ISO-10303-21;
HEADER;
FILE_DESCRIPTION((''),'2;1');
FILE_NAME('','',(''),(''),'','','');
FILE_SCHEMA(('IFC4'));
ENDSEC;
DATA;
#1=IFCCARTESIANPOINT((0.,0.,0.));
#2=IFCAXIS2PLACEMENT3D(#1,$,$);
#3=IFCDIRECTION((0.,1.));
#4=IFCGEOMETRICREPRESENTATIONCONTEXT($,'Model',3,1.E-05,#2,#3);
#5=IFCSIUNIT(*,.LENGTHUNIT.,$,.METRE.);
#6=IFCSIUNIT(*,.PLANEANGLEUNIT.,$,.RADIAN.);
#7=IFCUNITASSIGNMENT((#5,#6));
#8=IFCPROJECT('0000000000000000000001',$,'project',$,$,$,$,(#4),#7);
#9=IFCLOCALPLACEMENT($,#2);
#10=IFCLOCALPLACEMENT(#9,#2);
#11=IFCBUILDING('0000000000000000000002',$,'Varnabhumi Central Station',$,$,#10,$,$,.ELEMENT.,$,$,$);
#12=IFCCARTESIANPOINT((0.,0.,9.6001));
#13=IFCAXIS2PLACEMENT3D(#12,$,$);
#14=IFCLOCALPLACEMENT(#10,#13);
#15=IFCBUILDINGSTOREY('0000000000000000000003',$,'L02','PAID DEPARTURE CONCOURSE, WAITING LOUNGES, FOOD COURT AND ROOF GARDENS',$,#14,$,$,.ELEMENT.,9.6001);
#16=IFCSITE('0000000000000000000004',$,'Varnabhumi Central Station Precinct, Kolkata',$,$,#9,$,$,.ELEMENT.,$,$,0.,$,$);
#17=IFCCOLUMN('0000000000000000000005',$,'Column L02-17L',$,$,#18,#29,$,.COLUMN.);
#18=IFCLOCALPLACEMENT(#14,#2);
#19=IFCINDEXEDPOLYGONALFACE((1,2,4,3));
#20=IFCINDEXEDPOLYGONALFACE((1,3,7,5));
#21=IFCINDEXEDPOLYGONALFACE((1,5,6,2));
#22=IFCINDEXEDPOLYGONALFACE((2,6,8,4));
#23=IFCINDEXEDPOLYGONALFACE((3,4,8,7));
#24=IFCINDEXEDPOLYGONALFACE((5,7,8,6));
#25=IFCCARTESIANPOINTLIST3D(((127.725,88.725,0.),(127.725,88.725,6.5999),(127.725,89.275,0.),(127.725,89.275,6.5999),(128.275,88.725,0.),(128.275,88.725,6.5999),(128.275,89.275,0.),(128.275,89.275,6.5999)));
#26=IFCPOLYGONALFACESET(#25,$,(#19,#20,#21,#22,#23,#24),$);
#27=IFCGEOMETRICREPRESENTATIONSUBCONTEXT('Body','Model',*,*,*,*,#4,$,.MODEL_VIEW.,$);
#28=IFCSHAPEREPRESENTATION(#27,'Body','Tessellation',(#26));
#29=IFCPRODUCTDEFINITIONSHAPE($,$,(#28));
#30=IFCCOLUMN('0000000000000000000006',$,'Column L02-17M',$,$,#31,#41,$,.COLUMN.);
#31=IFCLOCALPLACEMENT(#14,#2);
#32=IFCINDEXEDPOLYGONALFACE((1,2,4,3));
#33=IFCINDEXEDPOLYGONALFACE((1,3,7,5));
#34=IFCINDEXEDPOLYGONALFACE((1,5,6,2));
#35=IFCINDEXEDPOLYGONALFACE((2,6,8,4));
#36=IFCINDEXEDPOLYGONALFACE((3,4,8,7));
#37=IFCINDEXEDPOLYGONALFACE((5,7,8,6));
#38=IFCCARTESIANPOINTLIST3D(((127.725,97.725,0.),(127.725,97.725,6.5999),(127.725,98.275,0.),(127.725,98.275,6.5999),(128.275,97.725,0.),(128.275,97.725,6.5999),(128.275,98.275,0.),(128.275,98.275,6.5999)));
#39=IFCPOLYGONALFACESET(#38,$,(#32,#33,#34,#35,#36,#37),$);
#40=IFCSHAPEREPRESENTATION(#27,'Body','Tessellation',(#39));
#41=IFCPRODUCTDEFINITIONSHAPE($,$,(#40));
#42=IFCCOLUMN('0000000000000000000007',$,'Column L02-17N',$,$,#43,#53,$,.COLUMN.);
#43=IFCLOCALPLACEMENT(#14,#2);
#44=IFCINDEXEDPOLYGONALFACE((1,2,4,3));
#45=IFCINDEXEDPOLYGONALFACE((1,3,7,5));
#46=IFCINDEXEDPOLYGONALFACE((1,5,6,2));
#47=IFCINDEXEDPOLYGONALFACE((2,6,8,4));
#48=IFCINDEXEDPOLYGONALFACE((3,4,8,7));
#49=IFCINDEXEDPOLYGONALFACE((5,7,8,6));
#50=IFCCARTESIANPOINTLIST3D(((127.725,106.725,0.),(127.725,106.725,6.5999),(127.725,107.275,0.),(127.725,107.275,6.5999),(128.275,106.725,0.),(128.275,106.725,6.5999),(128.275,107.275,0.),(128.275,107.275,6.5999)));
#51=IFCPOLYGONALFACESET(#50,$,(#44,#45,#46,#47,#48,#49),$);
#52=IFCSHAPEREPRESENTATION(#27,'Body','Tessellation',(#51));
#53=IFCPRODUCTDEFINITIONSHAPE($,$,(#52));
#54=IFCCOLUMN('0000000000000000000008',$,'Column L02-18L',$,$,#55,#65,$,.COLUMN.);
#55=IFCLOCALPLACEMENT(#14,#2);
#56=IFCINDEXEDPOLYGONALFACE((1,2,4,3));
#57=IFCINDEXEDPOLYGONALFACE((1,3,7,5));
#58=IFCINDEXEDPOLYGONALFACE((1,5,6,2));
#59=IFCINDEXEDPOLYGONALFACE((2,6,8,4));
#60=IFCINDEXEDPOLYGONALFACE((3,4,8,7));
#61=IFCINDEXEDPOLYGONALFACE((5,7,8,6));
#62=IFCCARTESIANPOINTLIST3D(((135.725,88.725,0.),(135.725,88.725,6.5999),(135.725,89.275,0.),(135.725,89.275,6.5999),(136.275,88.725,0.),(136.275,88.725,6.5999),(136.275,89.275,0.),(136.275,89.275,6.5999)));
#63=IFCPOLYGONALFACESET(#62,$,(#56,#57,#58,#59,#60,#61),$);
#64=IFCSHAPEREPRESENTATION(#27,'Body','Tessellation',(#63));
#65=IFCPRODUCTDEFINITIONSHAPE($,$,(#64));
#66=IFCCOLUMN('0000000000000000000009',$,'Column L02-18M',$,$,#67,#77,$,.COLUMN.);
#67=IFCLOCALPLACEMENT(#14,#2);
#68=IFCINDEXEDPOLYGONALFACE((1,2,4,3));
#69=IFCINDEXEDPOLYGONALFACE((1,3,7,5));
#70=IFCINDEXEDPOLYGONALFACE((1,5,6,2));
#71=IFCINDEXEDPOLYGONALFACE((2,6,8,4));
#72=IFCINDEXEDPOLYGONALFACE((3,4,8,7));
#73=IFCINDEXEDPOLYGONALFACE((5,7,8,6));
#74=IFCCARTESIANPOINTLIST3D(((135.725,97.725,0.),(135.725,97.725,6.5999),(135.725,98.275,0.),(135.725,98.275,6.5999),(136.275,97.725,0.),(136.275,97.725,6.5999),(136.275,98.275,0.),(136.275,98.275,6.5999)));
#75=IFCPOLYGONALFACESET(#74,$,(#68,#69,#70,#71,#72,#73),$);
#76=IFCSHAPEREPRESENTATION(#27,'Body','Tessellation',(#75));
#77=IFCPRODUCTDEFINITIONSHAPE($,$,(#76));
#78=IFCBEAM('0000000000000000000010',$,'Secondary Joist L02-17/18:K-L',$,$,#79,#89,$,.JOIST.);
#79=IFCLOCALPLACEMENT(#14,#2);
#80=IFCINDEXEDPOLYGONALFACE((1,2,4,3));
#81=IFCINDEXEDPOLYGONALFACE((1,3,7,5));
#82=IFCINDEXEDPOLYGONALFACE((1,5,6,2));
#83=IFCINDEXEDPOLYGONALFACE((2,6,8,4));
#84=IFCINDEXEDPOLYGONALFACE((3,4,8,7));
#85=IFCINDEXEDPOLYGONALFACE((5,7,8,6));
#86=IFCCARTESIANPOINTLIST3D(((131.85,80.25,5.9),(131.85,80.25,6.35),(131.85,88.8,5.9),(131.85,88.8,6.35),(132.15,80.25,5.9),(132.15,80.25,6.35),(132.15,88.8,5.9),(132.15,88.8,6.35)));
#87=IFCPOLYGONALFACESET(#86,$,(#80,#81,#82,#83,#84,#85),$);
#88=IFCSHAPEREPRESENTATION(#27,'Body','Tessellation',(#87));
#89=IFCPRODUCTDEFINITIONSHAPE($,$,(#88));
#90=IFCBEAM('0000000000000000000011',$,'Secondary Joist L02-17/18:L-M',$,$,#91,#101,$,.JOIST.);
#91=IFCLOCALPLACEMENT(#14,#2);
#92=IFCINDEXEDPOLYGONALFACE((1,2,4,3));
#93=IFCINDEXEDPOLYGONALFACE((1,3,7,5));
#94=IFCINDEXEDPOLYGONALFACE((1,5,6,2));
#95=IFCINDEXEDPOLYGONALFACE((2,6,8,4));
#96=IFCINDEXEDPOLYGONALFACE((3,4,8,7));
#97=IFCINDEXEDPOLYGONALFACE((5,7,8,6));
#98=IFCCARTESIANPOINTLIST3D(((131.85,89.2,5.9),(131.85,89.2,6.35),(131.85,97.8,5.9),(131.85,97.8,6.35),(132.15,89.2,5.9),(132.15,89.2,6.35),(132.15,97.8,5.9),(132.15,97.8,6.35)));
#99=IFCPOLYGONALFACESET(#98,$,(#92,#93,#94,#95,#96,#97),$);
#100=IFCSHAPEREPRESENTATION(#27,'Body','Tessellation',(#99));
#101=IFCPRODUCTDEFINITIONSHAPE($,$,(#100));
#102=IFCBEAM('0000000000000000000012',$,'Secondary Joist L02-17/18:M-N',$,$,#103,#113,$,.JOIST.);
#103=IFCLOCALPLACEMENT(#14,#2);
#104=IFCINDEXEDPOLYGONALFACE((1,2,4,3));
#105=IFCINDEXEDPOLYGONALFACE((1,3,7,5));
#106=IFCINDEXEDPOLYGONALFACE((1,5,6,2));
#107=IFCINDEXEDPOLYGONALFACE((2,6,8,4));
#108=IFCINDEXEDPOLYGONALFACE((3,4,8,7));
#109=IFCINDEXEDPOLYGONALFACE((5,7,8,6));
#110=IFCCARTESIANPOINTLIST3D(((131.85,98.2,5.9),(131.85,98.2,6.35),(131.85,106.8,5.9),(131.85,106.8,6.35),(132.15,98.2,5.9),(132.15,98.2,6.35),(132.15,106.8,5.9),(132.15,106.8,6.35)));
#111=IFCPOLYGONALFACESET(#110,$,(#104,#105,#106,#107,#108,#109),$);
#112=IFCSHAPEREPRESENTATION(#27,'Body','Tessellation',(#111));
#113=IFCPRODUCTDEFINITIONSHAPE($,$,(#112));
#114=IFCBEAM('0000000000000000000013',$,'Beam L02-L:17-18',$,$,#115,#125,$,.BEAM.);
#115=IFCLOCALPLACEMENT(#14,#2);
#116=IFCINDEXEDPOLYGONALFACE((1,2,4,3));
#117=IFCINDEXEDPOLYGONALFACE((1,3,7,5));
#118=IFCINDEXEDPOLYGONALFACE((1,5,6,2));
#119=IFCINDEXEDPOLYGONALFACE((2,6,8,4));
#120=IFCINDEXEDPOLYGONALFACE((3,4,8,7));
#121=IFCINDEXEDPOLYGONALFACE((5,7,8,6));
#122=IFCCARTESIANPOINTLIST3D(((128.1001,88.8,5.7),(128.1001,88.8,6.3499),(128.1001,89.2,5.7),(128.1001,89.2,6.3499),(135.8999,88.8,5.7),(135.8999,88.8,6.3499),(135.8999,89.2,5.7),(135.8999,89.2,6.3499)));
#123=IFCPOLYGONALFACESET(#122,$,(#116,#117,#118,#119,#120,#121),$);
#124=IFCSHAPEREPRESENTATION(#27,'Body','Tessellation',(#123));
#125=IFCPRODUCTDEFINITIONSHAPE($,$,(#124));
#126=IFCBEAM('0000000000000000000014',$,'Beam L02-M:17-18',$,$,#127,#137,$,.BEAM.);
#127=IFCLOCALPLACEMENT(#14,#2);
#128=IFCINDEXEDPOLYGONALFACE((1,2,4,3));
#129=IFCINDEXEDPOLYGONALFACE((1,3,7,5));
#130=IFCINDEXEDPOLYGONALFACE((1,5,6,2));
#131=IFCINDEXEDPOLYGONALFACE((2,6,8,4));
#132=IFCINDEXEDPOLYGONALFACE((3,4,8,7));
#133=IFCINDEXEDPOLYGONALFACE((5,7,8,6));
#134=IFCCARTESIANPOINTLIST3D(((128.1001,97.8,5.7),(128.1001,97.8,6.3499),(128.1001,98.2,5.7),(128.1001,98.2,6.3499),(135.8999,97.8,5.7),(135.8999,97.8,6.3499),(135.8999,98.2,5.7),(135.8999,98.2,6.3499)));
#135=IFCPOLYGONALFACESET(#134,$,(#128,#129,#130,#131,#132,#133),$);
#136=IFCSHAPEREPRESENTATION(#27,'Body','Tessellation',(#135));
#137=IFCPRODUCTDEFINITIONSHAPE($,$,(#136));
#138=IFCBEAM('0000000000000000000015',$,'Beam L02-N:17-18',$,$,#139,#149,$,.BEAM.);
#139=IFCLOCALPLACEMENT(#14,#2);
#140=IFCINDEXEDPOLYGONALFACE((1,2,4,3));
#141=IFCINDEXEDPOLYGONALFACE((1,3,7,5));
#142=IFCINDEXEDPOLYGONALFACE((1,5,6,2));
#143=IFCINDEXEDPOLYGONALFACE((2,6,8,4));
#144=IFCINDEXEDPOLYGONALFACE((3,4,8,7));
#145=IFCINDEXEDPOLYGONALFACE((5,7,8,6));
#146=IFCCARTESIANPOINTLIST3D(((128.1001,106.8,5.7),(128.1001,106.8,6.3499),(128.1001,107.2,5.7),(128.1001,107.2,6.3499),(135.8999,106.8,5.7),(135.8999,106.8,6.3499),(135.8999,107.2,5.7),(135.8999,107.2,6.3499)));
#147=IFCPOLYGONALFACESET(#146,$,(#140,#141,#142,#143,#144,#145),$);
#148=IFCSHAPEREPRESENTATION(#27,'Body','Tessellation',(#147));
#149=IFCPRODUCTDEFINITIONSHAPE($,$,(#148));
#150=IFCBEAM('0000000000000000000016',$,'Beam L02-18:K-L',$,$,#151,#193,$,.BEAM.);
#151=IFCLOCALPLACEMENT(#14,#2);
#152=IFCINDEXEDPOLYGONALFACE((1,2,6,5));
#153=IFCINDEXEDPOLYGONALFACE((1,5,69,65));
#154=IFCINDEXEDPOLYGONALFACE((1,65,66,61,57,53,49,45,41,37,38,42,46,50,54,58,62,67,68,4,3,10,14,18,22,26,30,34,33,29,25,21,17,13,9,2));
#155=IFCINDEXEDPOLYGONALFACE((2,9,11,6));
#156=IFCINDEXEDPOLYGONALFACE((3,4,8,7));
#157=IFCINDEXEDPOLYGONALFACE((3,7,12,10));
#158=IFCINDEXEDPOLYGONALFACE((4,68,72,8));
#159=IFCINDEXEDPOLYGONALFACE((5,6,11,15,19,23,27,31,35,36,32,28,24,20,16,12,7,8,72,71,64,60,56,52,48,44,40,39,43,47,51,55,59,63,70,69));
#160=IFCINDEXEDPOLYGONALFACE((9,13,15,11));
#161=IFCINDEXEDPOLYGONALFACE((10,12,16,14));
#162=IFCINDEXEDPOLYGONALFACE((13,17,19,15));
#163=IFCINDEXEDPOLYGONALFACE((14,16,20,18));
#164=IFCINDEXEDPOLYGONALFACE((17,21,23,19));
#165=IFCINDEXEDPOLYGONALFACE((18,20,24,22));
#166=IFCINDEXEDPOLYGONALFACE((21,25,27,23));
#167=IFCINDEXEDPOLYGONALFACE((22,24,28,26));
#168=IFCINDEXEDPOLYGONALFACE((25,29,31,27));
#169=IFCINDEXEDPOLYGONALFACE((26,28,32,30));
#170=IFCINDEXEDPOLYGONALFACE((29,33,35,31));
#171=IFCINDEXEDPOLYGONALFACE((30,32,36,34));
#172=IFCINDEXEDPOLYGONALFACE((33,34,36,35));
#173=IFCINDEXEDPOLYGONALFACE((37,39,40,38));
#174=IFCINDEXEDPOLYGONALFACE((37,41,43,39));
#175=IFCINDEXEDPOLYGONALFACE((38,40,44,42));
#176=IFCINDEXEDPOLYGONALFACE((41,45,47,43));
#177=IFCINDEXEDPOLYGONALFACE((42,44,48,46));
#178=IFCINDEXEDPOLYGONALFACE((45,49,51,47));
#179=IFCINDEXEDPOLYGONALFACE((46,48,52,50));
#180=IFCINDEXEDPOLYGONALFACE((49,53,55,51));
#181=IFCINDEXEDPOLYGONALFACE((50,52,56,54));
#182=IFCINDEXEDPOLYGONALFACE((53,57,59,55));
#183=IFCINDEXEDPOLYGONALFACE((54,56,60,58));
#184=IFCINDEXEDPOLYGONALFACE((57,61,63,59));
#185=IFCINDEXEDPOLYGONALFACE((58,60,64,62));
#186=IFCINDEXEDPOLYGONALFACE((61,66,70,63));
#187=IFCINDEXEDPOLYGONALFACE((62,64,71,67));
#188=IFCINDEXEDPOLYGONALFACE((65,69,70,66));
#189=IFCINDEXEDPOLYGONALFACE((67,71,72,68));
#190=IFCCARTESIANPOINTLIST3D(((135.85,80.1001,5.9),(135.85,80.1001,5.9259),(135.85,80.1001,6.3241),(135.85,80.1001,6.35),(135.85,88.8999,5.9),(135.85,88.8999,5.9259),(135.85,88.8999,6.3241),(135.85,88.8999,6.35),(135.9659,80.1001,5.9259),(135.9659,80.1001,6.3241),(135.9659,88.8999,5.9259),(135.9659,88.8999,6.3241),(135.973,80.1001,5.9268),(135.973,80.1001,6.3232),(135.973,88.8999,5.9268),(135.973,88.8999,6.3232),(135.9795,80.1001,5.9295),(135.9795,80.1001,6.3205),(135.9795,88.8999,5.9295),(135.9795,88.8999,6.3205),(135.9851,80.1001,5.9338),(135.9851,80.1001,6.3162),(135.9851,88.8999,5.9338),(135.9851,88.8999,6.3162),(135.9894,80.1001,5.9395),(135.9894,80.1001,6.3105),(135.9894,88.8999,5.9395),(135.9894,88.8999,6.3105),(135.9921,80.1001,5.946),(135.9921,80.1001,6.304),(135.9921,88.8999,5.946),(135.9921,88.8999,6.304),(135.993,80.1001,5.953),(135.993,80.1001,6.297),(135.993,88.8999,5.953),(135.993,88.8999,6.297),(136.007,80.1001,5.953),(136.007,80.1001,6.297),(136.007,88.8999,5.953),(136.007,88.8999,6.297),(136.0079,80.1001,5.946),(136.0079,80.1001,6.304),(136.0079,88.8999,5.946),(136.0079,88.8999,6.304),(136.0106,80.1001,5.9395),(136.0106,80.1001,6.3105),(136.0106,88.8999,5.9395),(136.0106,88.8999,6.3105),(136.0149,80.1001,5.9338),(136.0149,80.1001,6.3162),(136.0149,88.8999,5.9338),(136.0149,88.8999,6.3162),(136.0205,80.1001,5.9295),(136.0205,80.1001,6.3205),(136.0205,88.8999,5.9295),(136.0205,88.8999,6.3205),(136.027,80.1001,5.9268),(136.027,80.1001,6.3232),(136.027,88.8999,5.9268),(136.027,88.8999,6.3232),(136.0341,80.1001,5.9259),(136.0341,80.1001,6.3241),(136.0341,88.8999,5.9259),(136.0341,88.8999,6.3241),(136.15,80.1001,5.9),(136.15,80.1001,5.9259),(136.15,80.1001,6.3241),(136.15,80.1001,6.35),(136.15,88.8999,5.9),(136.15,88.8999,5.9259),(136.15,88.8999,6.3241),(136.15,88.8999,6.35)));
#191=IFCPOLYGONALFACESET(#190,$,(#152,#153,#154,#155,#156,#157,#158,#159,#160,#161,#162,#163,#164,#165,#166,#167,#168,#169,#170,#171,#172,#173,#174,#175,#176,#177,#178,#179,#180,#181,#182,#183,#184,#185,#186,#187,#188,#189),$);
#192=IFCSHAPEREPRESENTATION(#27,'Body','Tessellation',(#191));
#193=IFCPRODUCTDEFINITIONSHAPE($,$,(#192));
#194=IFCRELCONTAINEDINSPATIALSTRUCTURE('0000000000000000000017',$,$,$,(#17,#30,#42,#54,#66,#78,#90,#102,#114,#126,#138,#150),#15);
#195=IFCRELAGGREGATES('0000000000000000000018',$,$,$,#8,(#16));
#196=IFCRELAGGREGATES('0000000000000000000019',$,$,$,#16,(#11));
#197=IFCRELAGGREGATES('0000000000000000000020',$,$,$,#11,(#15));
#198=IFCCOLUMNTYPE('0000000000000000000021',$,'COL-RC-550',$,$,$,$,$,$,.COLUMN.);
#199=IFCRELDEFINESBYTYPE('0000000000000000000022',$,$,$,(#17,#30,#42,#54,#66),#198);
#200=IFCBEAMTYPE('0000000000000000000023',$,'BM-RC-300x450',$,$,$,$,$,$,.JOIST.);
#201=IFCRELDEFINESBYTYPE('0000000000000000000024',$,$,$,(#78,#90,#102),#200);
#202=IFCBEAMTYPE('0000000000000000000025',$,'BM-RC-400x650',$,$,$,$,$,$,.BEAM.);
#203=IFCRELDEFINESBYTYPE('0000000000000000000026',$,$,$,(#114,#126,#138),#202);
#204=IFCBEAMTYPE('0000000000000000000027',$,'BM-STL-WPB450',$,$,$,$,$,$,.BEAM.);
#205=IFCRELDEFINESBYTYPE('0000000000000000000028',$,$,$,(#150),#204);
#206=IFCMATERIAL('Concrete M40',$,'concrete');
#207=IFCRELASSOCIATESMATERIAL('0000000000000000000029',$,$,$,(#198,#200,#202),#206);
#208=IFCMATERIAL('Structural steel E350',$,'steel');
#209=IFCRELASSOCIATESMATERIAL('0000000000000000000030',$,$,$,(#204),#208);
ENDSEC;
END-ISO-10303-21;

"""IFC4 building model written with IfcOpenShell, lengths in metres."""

from ifc_helpers import new_model, si_unit, direction, frame, origin, origin_2d, place, context, subcontext, project, spatial, rectangle, i_section, extrude, material, material_profile, profile_set, type_object, element, save


model = new_model("IFC4")

# Units and contexts
model_context = context("Model", 3, precision=1e-05, world=origin(), true_north=direction((0.0, 1.0)))
body_context = subcontext(model_context, "Body", "Model", "MODEL_VIEW")
ifc_project = project(units=[si_unit("LENGTHUNIT", "METRE"), si_unit("PLANEANGLEUNIT", "RADIAN")], contexts=[model_context])

# Site, building, storey
site_placement = place(None, origin())
site = spatial("IfcSite", under=ifc_project, at=site_placement, Name="Varnabhumi Central Station Precinct, Kolkata", CompositionType="ELEMENT", RefElevation=0.0)
building_placement = place(site_placement, origin())
building = spatial("IfcBuilding", under=site, at=building_placement, Name="Varnabhumi Central Station", CompositionType="ELEMENT")
storey_placement = place(building_placement, frame((0.0, 0.0, 9.6001)))
storey = spatial("IfcBuildingStorey", under=building, at=storey_placement, Name="L02", Description="PAID DEPARTURE CONCOURSE, WAITING LOUNGES, FOOD COURT AND ROOF GARDENS", CompositionType="ELEMENT", Elevation=9.6001)

# Columns
ifc_material_1 = material(Name="Concrete M40", Category="concrete")
ifc_material_profile_1 = material_profile(ifc_material_1, rectangle(XDim=0.55, YDim=0.55, at=origin_2d()), Name="Concrete M40", Category="concrete")
ifc_profile_set_1 = profile_set([ifc_material_profile_1], Name="Concrete M40")
column_type = type_object("IfcColumnType", Name="COL-RC-550", PredefinedType="COLUMN", material=ifc_profile_set_1)
for number, where, z_axis, x_axis, name in (
    (1, (128.0, 89.0, 0.0), (0.0, 0.0, 1.0), (1.0, 0.0, 0.0), "Column L02-17L"),
    (2, (128.0, 98.0, 0.0), (0.0, 0.0, 1.0), (1.0, 0.0, 0.0), "Column L02-17M"),
    (3, (128.0, 107.0, 0.0), (0.0, 0.0, 1.0), (1.0, 0.0, 0.0), "Column L02-17N"),
    (4, (136.0, 89.0, 0.0), (0.0, 0.0, 1.0), (1.0, 0.0, 0.0), "Column L02-18L"),
    (5, (136.0, 98.0, 0.0), (0.0, 0.0, 1.0), (1.0, 0.0, 0.0), "Column L02-18M"),
):
    element("IfcColumn", number, at=place(storey_placement, frame(where, z_axis=z_axis, x_axis=x_axis)), inside=storey, type_object=column_type, Name=name, PredefinedType="COLUMN", context=body_context, shape_type="SweptSolid", body=[
        extrude(rectangle(XDim=0.55, YDim=0.55, at=origin_2d()), origin(), (0.0, 0.0, 1.0), 6.5999),
    ])

# Beams
ifc_material_profile_2 = material_profile(ifc_material_1, rectangle(XDim=0.3, YDim=0.45, at=origin_2d()), Name="Concrete M40", Category="concrete")
ifc_profile_set_2 = profile_set([ifc_material_profile_2], Name="Concrete M40")
beam_type_1 = type_object("IfcBeamType", Name="BM-RC-300x450", PredefinedType="JOIST", material=ifc_profile_set_2)
beam_placement = place(storey_placement, frame((132.0, 80.25, 6.125), z_axis=(0.0, 1.0, 0.0), x_axis=(-1.0, 0.0, 0.0)))
element("IfcBeam", 6, at=beam_placement, inside=storey, type_object=beam_type_1, Name="Secondary Joist L02-17/18:K-L", PredefinedType="JOIST", context=body_context, shape_type="SweptSolid", body=[
    extrude(rectangle(XDim=0.3, YDim=0.45, at=origin_2d()), origin(), (0.0, 0.0, 1.0), 8.55),
])
for number, where, z_axis, x_axis, name in (
    (7, (132.0, 89.2, 6.125), (0.0, 1.0, 0.0), (-1.0, 0.0, 0.0), "Secondary Joist L02-17/18:L-M"),
    (8, (132.0, 98.2, 6.125), (0.0, 1.0, 0.0), (-1.0, 0.0, 0.0), "Secondary Joist L02-17/18:M-N"),
):
    element("IfcBeam", number, at=place(storey_placement, frame(where, z_axis=z_axis, x_axis=x_axis)), inside=storey, type_object=beam_type_1, Name=name, PredefinedType="JOIST", context=body_context, shape_type="SweptSolid", body=[
        extrude(rectangle(XDim=0.3, YDim=0.45, at=origin_2d()), origin(), (0.0, 0.0, 1.0), 8.6001),
    ])
ifc_material_profile_3 = material_profile(ifc_material_1, rectangle(XDim=0.3999, YDim=0.6499, at=origin_2d()), Name="Concrete M40", Category="concrete")
ifc_profile_set_3 = profile_set([ifc_material_profile_3], Name="Concrete M40")
beam_type_2 = type_object("IfcBeamType", Name="BM-RC-400x650", PredefinedType="BEAM", material=ifc_profile_set_3)
for number, where, z_axis, x_axis, name in (
    (9, (128.1001, 89.0, 6.0249), (1.0, 0.0, 0.0), (0.0, 1.0, 0.0), "Beam L02-L:17-18"),
    (10, (128.1001, 98.0, 6.0249), (1.0, 0.0, 0.0), (0.0, 1.0, 0.0), "Beam L02-M:17-18"),
    (11, (128.1001, 107.0, 6.0249), (1.0, 0.0, 0.0), (0.0, 1.0, 0.0), "Beam L02-N:17-18"),
):
    element("IfcBeam", number, at=place(storey_placement, frame(where, z_axis=z_axis, x_axis=x_axis)), inside=storey, type_object=beam_type_2, Name=name, PredefinedType="BEAM", context=body_context, shape_type="SweptSolid", body=[
        extrude(rectangle(XDim=0.3999, YDim=0.6499, at=origin_2d()), origin(), (0.0, 0.0, 1.0), 7.7998),
    ])
ifc_material_2 = material(Name="Structural steel E350", Category="steel")
ifc_material_profile_4 = material_profile(ifc_material_2, i_section(OverallWidth=0.3, OverallDepth=0.45, WebThickness=0.0139, FlangeThickness=0.0259, FilletRadius=0.0271, at=origin_2d()), Name="Structural steel E350", Category="steel")
ifc_profile_set_4 = profile_set([ifc_material_profile_4], Name="Structural steel E350")
beam_type_3 = type_object("IfcBeamType", Name="BM-STL-WPB450", PredefinedType="BEAM", material=ifc_profile_set_4)
for number, where, z_axis, x_axis, name in (
    (12, (136.0, 80.1001, 6.125), (0.0, 1.0, 0.0), (-1.0, 0.0, 0.0), "Beam L02-18:K-L"),
):
    element("IfcBeam", number, at=place(storey_placement, frame(where, z_axis=z_axis, x_axis=x_axis)), inside=storey, type_object=beam_type_3, Name=name, PredefinedType="BEAM", context=body_context, shape_type="SweptSolid", body=[
        extrude(i_section(OverallWidth=0.3, OverallDepth=0.45, WebThickness=0.0139, FlangeThickness=0.0259, FilletRadius=0.0271, at=origin_2d()), origin(), (0.0, 0.0, 1.0), 8.7998),
    ])

save(model, "model.ifc")
